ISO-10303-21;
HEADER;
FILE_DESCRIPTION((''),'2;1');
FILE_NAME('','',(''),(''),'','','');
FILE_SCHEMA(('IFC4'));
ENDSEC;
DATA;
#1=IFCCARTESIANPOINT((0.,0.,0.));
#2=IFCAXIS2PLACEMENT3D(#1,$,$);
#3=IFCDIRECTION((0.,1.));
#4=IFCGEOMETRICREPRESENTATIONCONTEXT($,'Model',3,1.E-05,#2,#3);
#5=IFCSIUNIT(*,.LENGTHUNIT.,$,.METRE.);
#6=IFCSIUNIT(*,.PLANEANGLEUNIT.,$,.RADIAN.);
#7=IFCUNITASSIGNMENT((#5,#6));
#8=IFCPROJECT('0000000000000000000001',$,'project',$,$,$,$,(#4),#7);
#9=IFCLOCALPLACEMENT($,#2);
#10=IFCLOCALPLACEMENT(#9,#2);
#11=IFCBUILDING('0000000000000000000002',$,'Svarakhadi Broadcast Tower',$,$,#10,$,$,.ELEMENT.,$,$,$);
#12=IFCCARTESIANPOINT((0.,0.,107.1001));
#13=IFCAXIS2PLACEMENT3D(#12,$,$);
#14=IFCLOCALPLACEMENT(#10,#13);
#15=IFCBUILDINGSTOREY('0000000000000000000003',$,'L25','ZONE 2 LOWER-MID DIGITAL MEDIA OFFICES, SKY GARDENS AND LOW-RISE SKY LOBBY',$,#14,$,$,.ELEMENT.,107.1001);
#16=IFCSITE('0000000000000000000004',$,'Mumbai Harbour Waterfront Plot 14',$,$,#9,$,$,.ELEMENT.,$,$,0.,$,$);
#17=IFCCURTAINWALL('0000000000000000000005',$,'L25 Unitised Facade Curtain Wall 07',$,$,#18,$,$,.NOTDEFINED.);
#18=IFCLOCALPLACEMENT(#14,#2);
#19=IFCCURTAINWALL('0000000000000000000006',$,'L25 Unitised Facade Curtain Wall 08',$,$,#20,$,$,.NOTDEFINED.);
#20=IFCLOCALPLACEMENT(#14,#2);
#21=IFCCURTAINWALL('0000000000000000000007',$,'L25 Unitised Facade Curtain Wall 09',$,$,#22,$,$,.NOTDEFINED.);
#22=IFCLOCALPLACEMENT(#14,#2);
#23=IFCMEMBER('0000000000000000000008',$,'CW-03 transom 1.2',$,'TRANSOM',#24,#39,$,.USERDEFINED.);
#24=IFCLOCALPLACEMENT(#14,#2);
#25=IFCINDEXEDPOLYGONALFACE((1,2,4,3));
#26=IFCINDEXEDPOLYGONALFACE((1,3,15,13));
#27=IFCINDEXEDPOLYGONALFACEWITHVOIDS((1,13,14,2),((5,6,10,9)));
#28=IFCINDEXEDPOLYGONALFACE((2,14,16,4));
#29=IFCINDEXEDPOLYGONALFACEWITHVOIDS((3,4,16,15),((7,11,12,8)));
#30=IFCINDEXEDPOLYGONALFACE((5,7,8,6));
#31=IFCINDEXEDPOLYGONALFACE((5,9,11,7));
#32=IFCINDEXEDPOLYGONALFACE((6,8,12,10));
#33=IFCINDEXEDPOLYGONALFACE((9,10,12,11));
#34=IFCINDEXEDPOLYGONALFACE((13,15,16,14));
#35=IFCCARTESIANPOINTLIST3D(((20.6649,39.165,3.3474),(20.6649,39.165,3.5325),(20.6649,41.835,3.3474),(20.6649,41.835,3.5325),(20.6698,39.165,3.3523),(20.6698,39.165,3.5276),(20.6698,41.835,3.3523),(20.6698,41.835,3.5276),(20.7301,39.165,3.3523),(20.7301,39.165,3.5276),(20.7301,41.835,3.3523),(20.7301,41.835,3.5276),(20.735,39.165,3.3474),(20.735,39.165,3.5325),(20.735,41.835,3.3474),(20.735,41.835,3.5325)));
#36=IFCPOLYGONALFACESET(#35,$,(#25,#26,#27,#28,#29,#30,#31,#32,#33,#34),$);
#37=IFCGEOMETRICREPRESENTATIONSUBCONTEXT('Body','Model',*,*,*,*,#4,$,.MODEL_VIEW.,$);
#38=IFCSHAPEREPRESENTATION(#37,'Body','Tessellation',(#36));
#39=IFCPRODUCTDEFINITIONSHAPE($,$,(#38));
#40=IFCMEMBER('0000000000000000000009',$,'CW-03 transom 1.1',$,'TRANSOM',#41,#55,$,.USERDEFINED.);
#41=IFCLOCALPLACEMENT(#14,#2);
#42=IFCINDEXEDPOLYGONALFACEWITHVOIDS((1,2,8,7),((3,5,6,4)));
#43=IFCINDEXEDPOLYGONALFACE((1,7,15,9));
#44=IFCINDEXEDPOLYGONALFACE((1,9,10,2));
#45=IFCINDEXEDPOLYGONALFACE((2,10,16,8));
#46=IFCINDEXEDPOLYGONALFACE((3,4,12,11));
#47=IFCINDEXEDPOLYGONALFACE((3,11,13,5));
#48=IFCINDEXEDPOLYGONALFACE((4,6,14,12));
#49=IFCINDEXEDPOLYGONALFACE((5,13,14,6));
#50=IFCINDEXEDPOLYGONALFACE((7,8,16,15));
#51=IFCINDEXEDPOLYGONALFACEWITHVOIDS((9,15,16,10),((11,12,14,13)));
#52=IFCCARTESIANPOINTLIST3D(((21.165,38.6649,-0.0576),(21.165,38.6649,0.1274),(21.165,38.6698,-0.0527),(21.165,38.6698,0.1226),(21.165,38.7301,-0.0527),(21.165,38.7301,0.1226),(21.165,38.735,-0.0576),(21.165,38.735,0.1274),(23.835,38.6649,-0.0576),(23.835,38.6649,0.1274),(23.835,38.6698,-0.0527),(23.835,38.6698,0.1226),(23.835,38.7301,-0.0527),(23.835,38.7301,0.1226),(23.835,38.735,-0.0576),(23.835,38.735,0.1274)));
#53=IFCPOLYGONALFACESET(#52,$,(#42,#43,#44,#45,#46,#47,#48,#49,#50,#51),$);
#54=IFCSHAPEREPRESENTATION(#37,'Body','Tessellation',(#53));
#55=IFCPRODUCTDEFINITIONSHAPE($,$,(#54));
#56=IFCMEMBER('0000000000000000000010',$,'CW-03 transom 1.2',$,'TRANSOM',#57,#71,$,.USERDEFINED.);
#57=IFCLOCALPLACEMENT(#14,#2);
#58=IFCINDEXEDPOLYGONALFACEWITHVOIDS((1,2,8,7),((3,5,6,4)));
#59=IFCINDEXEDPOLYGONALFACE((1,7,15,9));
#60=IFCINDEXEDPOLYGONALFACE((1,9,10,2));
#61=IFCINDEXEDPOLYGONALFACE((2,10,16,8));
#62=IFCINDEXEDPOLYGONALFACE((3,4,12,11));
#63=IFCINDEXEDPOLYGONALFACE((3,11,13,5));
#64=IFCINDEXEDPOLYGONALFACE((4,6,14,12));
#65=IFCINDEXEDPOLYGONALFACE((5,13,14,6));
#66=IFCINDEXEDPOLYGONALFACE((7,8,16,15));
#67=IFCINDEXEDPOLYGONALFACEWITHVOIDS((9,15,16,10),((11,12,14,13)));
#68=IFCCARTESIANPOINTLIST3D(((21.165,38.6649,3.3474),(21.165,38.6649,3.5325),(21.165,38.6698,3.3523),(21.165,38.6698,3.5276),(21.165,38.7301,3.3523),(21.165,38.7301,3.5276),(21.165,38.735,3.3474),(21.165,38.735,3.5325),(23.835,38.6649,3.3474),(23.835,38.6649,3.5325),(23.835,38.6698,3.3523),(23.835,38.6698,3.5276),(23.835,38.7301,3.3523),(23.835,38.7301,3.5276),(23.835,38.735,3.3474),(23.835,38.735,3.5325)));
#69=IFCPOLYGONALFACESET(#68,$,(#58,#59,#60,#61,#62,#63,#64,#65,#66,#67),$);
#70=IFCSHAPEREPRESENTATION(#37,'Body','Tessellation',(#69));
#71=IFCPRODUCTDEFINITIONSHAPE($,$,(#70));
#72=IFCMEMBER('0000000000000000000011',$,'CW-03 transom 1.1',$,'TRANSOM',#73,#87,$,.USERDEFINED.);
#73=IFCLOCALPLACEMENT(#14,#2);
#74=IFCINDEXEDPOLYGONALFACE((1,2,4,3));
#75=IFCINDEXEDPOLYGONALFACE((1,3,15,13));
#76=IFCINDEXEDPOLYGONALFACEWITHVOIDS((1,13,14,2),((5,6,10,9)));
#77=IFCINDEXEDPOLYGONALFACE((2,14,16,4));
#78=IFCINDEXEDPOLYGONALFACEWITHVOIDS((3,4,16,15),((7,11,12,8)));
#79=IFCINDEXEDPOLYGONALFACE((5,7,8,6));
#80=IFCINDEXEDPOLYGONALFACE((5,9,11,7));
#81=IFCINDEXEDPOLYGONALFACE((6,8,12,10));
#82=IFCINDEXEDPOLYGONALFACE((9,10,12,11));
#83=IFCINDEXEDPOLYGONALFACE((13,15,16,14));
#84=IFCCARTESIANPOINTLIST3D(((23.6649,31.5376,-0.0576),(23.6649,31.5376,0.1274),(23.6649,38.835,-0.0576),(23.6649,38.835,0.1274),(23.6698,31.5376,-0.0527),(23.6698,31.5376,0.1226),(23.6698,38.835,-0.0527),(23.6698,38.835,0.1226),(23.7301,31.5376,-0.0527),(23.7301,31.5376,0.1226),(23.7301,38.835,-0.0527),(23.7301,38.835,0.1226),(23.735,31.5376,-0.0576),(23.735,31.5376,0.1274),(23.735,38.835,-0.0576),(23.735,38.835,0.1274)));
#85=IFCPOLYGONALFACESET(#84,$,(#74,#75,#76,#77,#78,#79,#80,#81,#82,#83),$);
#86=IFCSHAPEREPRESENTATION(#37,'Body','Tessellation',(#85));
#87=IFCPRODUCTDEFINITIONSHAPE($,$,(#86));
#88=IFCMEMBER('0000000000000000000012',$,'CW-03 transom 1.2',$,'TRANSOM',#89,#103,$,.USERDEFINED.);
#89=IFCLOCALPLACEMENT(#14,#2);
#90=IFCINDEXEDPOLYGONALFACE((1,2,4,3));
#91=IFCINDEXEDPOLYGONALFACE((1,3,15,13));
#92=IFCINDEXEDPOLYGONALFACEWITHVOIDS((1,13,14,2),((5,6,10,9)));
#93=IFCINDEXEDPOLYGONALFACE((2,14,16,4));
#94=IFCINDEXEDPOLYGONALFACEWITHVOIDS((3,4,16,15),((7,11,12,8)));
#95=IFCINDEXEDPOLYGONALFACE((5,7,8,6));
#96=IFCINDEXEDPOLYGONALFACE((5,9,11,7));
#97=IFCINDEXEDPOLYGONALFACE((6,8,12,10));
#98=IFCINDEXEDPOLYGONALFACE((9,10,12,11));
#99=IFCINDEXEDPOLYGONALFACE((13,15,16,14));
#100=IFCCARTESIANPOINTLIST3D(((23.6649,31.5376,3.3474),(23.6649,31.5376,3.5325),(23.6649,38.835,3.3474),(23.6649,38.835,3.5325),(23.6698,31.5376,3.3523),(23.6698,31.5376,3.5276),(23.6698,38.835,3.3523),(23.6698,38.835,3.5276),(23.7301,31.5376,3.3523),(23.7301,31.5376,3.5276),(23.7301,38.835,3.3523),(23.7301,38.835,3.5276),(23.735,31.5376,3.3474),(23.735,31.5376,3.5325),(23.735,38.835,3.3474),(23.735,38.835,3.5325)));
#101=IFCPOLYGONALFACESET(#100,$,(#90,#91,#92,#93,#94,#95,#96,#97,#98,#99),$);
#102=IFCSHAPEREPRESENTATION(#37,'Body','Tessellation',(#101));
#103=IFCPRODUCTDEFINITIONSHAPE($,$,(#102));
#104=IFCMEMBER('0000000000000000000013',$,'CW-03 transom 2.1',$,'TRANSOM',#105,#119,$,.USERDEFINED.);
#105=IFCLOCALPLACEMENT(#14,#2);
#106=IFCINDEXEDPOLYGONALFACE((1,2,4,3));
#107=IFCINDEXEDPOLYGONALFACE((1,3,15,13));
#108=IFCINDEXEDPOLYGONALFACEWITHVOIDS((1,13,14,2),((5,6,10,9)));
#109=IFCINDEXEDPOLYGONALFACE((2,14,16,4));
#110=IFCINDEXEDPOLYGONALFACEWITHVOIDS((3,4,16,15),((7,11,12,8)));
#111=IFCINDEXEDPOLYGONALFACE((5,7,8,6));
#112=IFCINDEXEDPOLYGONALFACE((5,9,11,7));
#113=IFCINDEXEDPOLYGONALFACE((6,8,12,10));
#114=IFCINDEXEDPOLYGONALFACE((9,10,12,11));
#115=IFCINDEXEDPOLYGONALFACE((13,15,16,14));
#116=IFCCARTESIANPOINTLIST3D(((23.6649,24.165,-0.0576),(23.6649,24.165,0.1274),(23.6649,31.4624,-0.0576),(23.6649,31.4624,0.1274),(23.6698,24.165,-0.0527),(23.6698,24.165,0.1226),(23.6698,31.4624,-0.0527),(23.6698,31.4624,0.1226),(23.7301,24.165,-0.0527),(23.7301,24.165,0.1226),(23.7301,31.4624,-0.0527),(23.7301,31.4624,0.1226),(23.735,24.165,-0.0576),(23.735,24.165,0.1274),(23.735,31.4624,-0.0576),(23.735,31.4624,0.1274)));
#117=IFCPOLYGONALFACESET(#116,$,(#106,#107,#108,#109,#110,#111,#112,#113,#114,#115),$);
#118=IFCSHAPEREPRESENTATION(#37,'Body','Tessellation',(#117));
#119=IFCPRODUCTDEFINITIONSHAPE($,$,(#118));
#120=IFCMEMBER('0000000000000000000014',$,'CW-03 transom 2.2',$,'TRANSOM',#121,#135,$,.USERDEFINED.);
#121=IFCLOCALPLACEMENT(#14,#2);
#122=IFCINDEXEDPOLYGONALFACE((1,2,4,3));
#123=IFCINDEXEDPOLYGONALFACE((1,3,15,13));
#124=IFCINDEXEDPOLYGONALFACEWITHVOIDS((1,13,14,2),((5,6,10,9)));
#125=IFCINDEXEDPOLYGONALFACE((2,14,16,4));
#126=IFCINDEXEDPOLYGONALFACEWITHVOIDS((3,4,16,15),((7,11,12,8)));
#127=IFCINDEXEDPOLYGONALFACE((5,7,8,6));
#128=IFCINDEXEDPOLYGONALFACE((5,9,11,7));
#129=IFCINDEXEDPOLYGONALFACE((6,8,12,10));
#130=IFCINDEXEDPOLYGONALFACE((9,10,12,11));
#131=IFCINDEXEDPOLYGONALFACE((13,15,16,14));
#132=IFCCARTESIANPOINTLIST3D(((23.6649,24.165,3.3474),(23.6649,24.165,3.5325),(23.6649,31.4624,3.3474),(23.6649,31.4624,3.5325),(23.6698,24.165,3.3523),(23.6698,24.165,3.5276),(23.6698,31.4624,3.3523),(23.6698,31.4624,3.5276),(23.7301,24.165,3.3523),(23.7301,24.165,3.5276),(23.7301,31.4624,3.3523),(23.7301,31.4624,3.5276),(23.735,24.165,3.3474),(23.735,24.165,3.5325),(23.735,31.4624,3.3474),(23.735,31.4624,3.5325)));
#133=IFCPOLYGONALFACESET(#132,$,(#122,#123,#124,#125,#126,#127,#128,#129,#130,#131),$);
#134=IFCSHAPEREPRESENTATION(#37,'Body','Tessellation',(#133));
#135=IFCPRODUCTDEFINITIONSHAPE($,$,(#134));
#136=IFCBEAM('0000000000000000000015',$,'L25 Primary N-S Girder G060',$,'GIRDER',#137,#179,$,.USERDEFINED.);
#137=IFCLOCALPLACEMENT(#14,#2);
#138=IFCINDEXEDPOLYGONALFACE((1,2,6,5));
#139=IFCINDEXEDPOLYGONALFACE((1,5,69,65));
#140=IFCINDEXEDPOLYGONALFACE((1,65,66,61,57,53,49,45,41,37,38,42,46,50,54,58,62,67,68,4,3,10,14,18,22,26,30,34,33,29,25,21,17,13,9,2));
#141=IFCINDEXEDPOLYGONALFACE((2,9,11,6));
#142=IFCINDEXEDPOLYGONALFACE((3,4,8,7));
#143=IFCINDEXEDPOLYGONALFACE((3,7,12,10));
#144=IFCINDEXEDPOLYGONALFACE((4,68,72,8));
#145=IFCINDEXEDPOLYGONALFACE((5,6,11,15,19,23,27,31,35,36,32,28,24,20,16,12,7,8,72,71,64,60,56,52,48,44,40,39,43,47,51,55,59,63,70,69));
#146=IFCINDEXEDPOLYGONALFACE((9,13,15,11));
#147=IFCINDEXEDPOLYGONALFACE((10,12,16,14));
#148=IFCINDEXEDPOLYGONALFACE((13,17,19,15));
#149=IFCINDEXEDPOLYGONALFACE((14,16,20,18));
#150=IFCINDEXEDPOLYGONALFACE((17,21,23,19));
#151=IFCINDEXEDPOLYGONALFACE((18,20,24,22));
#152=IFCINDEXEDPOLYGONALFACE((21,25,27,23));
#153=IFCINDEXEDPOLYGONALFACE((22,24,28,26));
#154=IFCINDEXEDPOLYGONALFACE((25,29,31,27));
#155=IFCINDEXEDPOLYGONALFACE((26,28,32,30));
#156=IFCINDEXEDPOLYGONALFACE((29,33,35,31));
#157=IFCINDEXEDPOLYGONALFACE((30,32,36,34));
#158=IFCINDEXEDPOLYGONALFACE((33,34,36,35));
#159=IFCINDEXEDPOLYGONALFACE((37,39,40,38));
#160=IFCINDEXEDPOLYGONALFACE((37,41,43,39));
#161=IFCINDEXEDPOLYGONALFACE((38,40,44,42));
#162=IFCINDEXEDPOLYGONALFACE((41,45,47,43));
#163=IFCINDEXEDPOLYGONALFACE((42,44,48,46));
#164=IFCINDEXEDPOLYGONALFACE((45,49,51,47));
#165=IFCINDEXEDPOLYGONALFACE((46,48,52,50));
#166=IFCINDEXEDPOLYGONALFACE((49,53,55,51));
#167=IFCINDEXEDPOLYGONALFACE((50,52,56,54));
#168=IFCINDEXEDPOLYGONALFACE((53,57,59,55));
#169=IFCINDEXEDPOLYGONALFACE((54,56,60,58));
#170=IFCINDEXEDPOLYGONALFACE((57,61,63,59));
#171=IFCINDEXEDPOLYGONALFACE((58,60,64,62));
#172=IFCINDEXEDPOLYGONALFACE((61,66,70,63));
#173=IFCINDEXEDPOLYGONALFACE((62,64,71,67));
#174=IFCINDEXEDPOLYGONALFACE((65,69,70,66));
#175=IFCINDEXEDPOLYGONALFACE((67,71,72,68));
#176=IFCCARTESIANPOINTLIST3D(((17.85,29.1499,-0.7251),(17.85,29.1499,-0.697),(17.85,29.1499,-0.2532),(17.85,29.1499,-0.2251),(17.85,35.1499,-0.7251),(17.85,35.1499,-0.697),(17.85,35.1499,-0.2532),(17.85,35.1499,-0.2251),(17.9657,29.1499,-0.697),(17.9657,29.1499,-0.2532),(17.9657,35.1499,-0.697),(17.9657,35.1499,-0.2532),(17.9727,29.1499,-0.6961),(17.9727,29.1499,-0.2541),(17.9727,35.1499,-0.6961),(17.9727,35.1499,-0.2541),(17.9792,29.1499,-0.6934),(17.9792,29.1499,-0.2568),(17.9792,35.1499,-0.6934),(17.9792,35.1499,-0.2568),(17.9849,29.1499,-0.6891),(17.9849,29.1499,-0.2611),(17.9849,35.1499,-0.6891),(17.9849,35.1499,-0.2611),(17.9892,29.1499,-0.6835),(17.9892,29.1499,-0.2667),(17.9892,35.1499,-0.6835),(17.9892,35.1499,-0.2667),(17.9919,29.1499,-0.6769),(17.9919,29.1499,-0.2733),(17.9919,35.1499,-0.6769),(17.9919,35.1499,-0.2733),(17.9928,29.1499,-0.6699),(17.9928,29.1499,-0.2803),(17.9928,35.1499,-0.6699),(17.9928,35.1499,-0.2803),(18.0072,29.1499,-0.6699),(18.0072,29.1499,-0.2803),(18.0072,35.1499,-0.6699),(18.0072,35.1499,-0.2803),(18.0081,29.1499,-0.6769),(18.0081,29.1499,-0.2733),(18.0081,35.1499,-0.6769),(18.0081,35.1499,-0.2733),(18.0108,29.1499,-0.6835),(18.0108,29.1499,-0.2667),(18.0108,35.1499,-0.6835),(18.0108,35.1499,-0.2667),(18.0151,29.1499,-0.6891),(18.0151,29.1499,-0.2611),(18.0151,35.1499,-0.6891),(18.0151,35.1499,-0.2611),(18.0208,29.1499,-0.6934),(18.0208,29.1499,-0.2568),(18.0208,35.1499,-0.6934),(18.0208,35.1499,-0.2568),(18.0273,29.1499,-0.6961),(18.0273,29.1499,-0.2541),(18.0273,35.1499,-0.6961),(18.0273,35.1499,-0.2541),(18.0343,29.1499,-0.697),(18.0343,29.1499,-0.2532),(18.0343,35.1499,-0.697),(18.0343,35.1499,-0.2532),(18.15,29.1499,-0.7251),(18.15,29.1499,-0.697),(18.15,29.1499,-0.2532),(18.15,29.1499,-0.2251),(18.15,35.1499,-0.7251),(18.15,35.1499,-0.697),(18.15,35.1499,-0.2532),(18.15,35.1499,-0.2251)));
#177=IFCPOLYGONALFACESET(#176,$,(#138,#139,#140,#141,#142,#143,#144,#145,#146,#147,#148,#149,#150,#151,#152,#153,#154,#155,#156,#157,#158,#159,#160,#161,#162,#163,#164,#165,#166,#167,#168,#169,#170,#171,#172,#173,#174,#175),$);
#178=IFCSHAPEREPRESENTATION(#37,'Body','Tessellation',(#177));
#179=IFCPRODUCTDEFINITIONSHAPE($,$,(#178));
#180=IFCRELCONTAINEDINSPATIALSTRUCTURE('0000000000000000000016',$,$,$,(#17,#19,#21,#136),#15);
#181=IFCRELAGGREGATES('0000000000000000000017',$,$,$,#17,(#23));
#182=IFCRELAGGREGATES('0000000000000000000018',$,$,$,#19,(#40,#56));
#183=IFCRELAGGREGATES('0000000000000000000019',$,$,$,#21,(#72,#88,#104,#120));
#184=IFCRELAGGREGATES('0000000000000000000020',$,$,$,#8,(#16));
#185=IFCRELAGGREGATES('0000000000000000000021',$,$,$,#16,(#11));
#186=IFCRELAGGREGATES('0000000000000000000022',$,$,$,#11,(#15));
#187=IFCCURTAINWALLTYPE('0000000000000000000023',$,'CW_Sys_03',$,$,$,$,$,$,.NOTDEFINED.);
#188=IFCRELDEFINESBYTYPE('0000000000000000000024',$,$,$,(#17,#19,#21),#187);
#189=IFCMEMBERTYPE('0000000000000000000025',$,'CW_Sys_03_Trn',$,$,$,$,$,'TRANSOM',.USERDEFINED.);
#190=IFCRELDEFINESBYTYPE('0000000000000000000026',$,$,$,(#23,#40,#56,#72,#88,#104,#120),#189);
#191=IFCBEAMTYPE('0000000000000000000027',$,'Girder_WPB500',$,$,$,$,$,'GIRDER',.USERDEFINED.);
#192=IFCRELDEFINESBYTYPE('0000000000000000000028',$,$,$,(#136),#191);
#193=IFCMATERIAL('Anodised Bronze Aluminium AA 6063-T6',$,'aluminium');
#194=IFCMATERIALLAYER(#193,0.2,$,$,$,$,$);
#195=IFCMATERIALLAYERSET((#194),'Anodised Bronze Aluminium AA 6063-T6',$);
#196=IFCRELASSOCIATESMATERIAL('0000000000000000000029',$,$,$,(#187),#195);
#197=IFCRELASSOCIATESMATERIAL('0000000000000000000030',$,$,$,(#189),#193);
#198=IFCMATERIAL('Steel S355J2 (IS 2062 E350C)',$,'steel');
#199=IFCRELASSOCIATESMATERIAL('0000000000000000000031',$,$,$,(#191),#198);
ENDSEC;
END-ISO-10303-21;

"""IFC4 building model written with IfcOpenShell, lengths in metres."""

from ifc_helpers import new_model, si_unit, direction, frame, origin, origin_2d, place, context, subcontext, project, spatial, hollow_rectangle, i_section, extrude, material, layer, layer_set, material_profile, profile_set, type_object, element, aggregate, save


model = new_model("IFC4")

# Units and contexts
model_context = context("Model", 3, precision=1e-05, world=origin(), true_north=direction((0.0, 1.0)))
body_context = subcontext(model_context, "Body", "Model", "MODEL_VIEW")
ifc_project = project(units=[si_unit("LENGTHUNIT", "METRE"), si_unit("PLANEANGLEUNIT", "RADIAN")], contexts=[model_context])

# Site, building, storey
site_placement = place(None, origin())
site = spatial("IfcSite", under=ifc_project, at=site_placement, Name="Mumbai Harbour Waterfront Plot 14", CompositionType="ELEMENT", RefElevation=0.0)
building_placement = place(site_placement, origin())
building = spatial("IfcBuilding", under=site, at=building_placement, Name="Svarakhadi Broadcast Tower", CompositionType="ELEMENT")
storey_placement = place(building_placement, frame((0.0, 0.0, 107.1001)))
storey = spatial("IfcBuildingStorey", under=building, at=storey_placement, Name="L25", Description="ZONE 2 LOWER-MID DIGITAL MEDIA OFFICES, SKY GARDENS AND LOW-RISE SKY LOBBY", CompositionType="ELEMENT", Elevation=107.1001)

# Curtain walls
ifc_material_1 = material(Name="Anodised Bronze Aluminium AA 6063-T6", Category="aluminium")
ifc_layer_1 = layer(ifc_material_1, 0.2)
ifc_layer_set_1 = layer_set([ifc_layer_1], Name="Anodised Bronze Aluminium AA 6063-T6")
curtain_wall_type = type_object("IfcCurtainWallType", Name="CW_Sys_03", PredefinedType="NOTDEFINED", material=ifc_layer_set_1)
curtain_wall_1_placement = place(storey_placement, origin())
curtain_wall_1 = element("IfcCurtainWall", 1, at=curtain_wall_1_placement, inside=storey, type_object=curtain_wall_type, Name="L25 Unitised Facade Curtain Wall 07", PredefinedType="NOTDEFINED")
curtain_wall_2_placement = place(storey_placement, origin())
curtain_wall_2 = element("IfcCurtainWall", 2, at=curtain_wall_2_placement, inside=storey, type_object=curtain_wall_type, Name="L25 Unitised Facade Curtain Wall 08", PredefinedType="NOTDEFINED")
curtain_wall_3_placement = place(storey_placement, origin())
curtain_wall_3 = element("IfcCurtainWall", 3, at=curtain_wall_3_placement, inside=storey, type_object=curtain_wall_type, Name="L25 Unitised Facade Curtain Wall 09", PredefinedType="NOTDEFINED")

# Members
ifc_material_profile_1 = material_profile(ifc_material_1, hollow_rectangle(XDim=0.0701, YDim=0.1851, WallThickness=0.0049, at=origin_2d()), Name="ALU TRANSOM 185x70x5")
ifc_profile_set_1 = profile_set([ifc_material_profile_1], Name="Anodised Bronze Aluminium AA 6063-T6")
member_type_1 = type_object("IfcMemberType", Name="CW_Sys_03_Trn", ElementType="TRANSOM", PredefinedType="USERDEFINED", material=ifc_profile_set_1)
member_1_placement = place(storey_placement, frame((20.7, 41.835, 3.4399), z_axis=(0.0, -1.0, 0.0), x_axis=(1.0, 0.0, 0.0)))
member_1 = element("IfcMember", 4, at=member_1_placement, type_object=member_type_1, Name="CW-03 transom 1.2", ObjectType="TRANSOM", PredefinedType="USERDEFINED", context=body_context, shape_type="SweptSolid", body=[
    extrude(hollow_rectangle(XDim=0.0701, YDim=0.1851, WallThickness=0.0049, at=origin_2d()), origin(), (0.0, 0.0, 1.0), 2.6699),
])
member_2_placement = place(storey_placement, frame((21.165, 38.7, 0.0349), z_axis=(1.0, 0.0, 0.0), x_axis=(0.0, 1.0, 0.0)))
member_2 = element("IfcMember", 5, at=member_2_placement, type_object=member_type_1, Name="CW-03 transom 1.1", ObjectType="TRANSOM", PredefinedType="USERDEFINED", context=body_context, shape_type="SweptSolid", body=[
    extrude(hollow_rectangle(XDim=0.0701, YDim=0.1851, WallThickness=0.0049, at=origin_2d()), origin(), (0.0, 0.0, 1.0), 2.6699),
])
member_3_placement = place(storey_placement, frame((21.165, 38.7, 3.4399), z_axis=(1.0, 0.0, 0.0), x_axis=(0.0, 1.0, 0.0)))
member_3 = element("IfcMember", 6, at=member_3_placement, type_object=member_type_1, Name="CW-03 transom 1.2", ObjectType="TRANSOM", PredefinedType="USERDEFINED", context=body_context, shape_type="SweptSolid", body=[
    extrude(hollow_rectangle(XDim=0.0701, YDim=0.1851, WallThickness=0.0049, at=origin_2d()), origin(), (0.0, 0.0, 1.0), 2.6699),
])
member_4_placement = place(storey_placement, frame((23.7, 38.835, 0.0349), z_axis=(0.0, -1.0, 0.0), x_axis=(1.0, 0.0, 0.0)))
member_4 = element("IfcMember", 7, at=member_4_placement, type_object=member_type_1, Name="CW-03 transom 1.1", ObjectType="TRANSOM", PredefinedType="USERDEFINED", context=body_context, shape_type="SweptSolid", body=[
    extrude(hollow_rectangle(XDim=0.0701, YDim=0.1851, WallThickness=0.0049, at=origin_2d()), origin(), (0.0, 0.0, 1.0), 7.2974),
])
member_5_placement = place(storey_placement, frame((23.7, 38.835, 3.4399), z_axis=(0.0, -1.0, 0.0), x_axis=(1.0, 0.0, 0.0)))
member_5 = element("IfcMember", 8, at=member_5_placement, type_object=member_type_1, Name="CW-03 transom 1.2", ObjectType="TRANSOM", PredefinedType="USERDEFINED", context=body_context, shape_type="SweptSolid", body=[
    extrude(hollow_rectangle(XDim=0.0701, YDim=0.1851, WallThickness=0.0049, at=origin_2d()), origin(), (0.0, 0.0, 1.0), 7.2974),
])
member_6_placement = place(storey_placement, frame((23.7, 31.4624, 0.0349), z_axis=(0.0, -1.0, 0.0), x_axis=(1.0, 0.0, 0.0)))
member_6 = element("IfcMember", 9, at=member_6_placement, type_object=member_type_1, Name="CW-03 transom 2.1", ObjectType="TRANSOM", PredefinedType="USERDEFINED", context=body_context, shape_type="SweptSolid", body=[
    extrude(hollow_rectangle(XDim=0.0701, YDim=0.1851, WallThickness=0.0049, at=origin_2d()), origin(), (0.0, 0.0, 1.0), 7.2974),
])
member_7_placement = place(storey_placement, frame((23.7, 31.4624, 3.4399), z_axis=(0.0, -1.0, 0.0), x_axis=(1.0, 0.0, 0.0)))
member_7 = element("IfcMember", 10, at=member_7_placement, type_object=member_type_1, Name="CW-03 transom 2.2", ObjectType="TRANSOM", PredefinedType="USERDEFINED", context=body_context, shape_type="SweptSolid", body=[
    extrude(hollow_rectangle(XDim=0.0701, YDim=0.1851, WallThickness=0.0049, at=origin_2d()), origin(), (0.0, 0.0, 1.0), 7.2974),
])

# Beam
ifc_material_2 = material(Name="Steel S355J2 (IS 2062 E350C)", Category="steel")
ifc_material_profile_2 = material_profile(ifc_material_2, i_section(OverallWidth=0.3, OverallDepth=0.5, WebThickness=0.0144, FlangeThickness=0.0281, FilletRadius=0.0271, at=origin_2d()), Name="WPB 500x300x187")
ifc_profile_set_2 = profile_set([ifc_material_profile_2], Name="Steel S355J2 (IS 2062 E350C)")
beam_type = type_object("IfcBeamType", Name="Girder_WPB500", ElementType="GIRDER", PredefinedType="USERDEFINED", material=ifc_profile_set_2)
for number, where, z_axis, x_axis, name in (
    (11, (18.0, 29.1499, -0.4751), (0.0, 1.0, 0.0), (-1.0, 0.0, 0.0), "L25 Primary N-S Girder G060"),
):
    element("IfcBeam", number, at=place(storey_placement, frame(where, z_axis=z_axis, x_axis=x_axis)), inside=storey, type_object=beam_type, Name=name, ObjectType="GIRDER", PredefinedType="USERDEFINED", context=body_context, shape_type="SweptSolid", body=[
        extrude(i_section(OverallWidth=0.3, OverallDepth=0.5, WebThickness=0.0144, FlangeThickness=0.0281, FilletRadius=0.0271, at=origin_2d()), origin(), (0.0, 0.0, 1.0), 6.0),
    ])

aggregate(curtain_wall_1, [member_1])
aggregate(curtain_wall_2, [member_2, member_3])
aggregate(curtain_wall_3, [member_4, member_5, member_6, member_7])

save(model, "model.ifc")
